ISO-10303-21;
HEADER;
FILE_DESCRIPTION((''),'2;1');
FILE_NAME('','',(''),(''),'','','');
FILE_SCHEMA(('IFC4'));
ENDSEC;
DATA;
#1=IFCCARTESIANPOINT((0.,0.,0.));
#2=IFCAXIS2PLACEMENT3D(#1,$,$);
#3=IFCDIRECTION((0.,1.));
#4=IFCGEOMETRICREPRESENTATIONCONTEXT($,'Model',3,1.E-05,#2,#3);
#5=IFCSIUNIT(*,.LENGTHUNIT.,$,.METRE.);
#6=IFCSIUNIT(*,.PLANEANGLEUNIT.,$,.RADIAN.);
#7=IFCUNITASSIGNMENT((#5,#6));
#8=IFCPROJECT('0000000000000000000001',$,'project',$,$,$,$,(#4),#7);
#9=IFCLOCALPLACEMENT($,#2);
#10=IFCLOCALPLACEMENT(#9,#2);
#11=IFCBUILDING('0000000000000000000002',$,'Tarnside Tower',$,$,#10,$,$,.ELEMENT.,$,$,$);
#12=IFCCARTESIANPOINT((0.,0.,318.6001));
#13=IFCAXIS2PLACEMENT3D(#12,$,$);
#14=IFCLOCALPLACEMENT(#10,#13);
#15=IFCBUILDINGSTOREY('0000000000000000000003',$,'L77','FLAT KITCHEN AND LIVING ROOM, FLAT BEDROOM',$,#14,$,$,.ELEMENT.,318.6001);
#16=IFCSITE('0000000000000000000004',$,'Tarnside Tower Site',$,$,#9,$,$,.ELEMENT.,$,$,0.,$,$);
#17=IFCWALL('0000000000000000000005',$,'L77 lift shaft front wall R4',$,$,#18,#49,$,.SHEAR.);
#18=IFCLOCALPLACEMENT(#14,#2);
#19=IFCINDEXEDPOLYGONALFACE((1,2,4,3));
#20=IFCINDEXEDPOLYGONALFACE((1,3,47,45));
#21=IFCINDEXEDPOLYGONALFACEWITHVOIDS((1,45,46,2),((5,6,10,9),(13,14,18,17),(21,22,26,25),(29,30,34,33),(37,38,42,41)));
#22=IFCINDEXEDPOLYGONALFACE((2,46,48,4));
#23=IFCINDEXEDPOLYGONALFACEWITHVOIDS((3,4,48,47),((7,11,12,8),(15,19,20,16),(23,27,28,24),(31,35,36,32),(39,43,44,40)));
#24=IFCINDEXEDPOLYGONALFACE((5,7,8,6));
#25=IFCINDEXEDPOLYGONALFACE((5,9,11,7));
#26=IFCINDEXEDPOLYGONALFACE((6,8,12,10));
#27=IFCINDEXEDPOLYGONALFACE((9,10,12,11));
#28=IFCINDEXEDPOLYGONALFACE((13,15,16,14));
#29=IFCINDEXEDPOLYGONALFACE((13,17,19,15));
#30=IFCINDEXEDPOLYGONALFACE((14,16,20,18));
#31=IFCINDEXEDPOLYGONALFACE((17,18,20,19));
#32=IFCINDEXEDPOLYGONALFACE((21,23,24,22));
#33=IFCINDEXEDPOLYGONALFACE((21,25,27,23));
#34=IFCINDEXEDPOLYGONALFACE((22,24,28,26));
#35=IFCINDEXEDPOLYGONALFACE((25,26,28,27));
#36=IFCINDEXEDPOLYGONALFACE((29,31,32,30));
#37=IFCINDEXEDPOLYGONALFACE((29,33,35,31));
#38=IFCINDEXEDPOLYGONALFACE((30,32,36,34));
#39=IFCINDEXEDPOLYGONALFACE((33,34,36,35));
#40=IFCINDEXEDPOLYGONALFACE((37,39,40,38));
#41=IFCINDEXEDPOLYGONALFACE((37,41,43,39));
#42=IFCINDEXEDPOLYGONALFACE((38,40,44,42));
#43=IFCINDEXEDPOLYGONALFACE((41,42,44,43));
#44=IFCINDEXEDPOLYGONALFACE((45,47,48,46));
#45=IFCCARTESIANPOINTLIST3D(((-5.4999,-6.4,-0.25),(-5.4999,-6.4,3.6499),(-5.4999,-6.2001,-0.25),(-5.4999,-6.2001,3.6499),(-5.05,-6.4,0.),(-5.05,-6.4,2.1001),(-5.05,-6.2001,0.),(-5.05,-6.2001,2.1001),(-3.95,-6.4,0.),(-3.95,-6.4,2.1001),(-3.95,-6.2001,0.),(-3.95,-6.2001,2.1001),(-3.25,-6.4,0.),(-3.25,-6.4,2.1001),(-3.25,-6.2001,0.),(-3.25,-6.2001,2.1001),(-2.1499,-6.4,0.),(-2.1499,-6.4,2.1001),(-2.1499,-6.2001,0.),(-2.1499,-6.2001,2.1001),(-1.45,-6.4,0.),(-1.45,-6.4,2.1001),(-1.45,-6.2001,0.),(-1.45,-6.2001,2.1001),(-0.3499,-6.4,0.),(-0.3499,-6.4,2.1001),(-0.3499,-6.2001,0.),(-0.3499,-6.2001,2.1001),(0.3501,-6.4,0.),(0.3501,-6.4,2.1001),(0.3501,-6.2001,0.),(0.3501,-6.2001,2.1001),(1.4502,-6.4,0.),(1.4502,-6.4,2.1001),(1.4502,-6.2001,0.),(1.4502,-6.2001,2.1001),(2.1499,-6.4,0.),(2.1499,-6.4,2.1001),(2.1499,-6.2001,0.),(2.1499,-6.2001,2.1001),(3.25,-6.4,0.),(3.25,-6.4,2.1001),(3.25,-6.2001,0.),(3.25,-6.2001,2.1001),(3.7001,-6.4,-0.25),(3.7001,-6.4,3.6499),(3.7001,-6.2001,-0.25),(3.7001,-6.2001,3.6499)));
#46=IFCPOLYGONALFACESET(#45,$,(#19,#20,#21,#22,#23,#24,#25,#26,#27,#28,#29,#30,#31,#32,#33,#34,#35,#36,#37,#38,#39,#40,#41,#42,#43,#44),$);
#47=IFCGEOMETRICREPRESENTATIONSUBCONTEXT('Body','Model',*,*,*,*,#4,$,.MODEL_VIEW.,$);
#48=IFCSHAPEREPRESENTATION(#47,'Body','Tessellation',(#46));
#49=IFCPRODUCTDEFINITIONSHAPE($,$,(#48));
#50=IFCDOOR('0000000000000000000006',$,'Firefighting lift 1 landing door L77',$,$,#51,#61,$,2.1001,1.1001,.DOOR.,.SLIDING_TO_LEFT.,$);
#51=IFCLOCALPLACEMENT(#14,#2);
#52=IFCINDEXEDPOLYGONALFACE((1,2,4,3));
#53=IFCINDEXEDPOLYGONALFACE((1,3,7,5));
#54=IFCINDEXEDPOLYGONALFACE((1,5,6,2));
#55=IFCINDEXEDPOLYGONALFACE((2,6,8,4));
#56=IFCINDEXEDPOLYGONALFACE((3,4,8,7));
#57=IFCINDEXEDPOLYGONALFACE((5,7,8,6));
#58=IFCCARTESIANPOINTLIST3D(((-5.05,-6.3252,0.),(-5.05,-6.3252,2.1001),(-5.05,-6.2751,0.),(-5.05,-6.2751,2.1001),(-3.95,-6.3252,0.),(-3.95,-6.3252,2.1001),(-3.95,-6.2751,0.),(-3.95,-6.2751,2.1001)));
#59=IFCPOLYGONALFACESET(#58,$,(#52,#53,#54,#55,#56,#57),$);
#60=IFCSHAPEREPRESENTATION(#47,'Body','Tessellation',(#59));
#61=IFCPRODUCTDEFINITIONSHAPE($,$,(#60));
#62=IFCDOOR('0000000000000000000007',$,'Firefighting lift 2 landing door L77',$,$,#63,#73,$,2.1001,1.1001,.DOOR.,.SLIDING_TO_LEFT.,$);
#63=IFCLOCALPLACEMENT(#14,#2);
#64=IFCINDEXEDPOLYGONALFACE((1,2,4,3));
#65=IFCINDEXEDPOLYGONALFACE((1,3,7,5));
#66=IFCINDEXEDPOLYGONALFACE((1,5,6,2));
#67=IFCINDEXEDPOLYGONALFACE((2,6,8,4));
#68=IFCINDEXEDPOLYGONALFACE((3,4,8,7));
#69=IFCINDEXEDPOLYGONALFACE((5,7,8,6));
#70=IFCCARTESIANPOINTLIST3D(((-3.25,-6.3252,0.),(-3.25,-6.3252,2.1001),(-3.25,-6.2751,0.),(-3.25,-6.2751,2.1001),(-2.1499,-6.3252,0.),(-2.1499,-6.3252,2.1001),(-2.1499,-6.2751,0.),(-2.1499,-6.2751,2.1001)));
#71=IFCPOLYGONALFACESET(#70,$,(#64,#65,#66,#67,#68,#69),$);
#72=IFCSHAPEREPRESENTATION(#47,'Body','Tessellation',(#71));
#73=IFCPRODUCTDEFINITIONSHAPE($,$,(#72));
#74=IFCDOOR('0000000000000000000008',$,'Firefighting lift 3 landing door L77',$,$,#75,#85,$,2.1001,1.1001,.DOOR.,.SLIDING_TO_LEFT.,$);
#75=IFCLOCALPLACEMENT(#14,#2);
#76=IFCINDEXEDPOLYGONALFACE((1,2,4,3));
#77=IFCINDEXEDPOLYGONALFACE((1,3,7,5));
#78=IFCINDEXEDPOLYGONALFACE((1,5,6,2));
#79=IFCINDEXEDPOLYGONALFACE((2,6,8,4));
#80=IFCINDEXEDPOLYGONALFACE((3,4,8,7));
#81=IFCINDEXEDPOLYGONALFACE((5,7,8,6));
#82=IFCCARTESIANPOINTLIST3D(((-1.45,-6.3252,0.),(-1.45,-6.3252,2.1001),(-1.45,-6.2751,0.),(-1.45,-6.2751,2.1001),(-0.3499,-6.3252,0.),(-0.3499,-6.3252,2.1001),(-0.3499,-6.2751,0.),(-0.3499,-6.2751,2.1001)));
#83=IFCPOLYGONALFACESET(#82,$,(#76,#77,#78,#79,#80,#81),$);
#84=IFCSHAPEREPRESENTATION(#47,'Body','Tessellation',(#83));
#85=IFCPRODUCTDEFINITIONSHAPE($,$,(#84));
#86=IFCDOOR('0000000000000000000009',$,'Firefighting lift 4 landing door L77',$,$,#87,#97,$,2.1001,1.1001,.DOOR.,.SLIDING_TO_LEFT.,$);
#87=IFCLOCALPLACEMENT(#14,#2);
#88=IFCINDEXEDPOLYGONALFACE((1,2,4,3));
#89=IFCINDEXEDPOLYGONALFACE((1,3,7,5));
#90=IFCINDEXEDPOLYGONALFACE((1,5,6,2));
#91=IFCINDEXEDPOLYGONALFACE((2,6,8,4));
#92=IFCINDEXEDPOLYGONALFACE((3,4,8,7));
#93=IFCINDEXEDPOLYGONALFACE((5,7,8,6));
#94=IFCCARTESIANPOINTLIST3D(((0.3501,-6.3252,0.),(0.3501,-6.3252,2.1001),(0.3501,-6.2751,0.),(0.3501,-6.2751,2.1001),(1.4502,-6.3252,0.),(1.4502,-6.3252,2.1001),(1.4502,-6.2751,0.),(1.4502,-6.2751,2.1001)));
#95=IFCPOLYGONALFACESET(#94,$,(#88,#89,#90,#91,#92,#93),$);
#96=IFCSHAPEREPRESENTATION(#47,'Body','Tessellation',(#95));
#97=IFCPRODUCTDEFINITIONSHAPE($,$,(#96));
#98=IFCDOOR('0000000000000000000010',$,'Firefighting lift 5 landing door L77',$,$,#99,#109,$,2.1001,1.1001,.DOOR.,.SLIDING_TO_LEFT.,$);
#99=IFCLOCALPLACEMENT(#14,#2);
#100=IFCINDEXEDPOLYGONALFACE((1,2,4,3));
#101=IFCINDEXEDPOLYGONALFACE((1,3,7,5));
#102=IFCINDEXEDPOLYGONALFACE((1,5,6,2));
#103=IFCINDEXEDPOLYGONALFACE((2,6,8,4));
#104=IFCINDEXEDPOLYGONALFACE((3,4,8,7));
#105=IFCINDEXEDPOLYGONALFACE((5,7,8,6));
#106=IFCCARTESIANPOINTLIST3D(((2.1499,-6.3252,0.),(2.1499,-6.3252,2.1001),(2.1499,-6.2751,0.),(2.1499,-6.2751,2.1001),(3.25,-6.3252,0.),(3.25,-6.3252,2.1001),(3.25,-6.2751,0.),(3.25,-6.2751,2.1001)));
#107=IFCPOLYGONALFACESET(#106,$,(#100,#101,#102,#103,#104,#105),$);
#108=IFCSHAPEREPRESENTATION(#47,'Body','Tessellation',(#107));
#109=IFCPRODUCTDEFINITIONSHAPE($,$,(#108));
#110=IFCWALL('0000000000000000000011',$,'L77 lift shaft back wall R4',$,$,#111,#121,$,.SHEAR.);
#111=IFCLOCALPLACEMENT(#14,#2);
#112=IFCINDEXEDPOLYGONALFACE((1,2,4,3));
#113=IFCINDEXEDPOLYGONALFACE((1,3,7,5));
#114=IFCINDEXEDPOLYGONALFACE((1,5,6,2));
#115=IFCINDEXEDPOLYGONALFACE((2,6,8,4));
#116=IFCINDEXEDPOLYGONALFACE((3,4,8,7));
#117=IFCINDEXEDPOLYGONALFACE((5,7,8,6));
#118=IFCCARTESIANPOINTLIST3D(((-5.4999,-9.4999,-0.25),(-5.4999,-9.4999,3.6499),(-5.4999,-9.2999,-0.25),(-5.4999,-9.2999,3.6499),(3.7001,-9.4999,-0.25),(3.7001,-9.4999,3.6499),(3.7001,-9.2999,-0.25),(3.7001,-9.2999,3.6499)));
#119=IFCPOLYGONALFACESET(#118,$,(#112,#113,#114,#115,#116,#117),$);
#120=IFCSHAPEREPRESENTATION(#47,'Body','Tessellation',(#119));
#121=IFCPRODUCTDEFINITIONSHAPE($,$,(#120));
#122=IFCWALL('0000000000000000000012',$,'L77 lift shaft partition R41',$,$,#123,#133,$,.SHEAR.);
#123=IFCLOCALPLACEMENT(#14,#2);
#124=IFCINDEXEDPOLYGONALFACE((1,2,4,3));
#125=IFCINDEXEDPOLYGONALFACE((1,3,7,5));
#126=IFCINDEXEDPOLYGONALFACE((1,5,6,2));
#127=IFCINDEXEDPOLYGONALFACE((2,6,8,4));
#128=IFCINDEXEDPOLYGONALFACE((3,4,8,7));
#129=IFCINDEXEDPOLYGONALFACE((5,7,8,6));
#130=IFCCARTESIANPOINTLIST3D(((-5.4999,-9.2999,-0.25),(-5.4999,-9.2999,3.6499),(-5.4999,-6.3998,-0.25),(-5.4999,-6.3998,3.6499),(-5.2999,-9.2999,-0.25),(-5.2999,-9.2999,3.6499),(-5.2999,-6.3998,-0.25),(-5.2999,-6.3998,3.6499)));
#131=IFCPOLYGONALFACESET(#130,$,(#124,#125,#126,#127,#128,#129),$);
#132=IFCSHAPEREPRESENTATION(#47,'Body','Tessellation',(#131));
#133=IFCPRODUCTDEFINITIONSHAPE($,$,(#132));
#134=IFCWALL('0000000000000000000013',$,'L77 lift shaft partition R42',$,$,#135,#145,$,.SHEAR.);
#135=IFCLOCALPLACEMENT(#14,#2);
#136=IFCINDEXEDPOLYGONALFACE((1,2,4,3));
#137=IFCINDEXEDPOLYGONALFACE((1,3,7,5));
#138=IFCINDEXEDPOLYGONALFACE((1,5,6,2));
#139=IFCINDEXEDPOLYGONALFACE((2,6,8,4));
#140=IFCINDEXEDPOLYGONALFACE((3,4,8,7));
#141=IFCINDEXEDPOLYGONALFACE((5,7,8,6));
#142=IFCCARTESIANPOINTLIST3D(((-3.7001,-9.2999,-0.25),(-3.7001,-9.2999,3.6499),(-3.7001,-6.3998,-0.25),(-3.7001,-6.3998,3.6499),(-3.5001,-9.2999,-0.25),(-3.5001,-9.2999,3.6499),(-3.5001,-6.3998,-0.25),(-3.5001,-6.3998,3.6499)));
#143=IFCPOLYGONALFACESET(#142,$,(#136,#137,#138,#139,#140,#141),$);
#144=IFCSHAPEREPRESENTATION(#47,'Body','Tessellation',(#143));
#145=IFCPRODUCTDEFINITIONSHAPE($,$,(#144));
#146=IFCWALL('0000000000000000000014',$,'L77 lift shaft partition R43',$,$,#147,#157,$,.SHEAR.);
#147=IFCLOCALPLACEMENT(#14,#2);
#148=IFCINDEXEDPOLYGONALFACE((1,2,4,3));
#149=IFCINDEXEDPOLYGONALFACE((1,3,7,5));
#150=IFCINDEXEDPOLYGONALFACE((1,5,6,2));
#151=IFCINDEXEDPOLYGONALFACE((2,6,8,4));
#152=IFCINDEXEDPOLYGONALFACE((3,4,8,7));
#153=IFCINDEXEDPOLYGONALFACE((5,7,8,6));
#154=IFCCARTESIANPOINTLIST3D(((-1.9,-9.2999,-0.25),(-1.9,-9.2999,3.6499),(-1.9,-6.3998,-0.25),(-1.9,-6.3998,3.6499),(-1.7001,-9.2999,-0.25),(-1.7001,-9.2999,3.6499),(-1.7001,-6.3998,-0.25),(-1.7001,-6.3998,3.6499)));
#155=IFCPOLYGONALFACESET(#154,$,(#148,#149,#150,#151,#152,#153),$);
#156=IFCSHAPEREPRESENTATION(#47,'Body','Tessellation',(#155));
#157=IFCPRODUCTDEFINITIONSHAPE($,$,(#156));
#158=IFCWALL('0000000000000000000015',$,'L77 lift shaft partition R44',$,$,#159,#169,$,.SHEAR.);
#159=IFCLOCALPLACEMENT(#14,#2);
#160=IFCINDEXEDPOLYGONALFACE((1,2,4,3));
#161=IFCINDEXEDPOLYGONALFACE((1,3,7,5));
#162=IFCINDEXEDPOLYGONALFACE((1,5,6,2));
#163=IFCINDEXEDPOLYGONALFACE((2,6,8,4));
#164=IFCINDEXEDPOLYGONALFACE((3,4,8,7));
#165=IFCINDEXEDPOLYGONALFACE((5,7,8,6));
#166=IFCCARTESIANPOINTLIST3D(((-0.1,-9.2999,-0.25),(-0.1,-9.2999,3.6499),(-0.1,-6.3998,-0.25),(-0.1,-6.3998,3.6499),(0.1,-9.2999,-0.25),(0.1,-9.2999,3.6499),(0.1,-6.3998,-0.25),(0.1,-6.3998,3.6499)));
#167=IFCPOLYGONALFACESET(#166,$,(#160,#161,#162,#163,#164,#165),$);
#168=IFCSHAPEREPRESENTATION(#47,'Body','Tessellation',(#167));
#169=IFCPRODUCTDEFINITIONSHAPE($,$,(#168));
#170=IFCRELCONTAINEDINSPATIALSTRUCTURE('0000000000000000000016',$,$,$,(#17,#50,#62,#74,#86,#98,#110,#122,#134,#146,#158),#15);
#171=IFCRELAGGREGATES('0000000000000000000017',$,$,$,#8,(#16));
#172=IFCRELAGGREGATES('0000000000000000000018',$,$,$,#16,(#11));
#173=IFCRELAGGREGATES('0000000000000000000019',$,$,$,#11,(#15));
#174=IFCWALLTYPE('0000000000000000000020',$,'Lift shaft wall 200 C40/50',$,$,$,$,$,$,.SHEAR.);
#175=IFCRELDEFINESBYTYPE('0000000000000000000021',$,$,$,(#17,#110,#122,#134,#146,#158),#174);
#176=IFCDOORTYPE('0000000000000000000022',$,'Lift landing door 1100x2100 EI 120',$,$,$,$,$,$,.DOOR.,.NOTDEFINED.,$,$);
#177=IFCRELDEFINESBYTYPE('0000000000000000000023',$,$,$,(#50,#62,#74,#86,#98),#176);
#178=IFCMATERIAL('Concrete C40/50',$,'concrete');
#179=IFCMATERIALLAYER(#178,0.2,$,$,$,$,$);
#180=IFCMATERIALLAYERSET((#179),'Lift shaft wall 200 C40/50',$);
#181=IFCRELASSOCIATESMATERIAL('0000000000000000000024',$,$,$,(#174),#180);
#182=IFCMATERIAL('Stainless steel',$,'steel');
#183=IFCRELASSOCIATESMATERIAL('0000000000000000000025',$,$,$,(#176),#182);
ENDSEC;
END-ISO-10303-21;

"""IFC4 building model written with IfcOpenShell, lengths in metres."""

from ifc_helpers import new_model, si_unit, direction, frame, frame_2d, origin, place, context, subcontext, project, spatial, rectangle, extrude, material, layer, layer_set, type_object, element, fill, save


model = new_model("IFC4")

# Units and contexts
model_context = context("Model", 3, precision=1e-05, world=origin(), true_north=direction((0.0, 1.0)))
body_context = subcontext(model_context, "Body", "Model", "MODEL_VIEW")
ifc_project = project(units=[si_unit("LENGTHUNIT", "METRE"), si_unit("PLANEANGLEUNIT", "RADIAN")], contexts=[model_context])

# Site, building, storey
site_placement = place(None, origin())
site = spatial("IfcSite", under=ifc_project, at=site_placement, Name="Tarnside Tower Site", CompositionType="ELEMENT", RefElevation=0.0)
building_placement = place(site_placement, origin())
building = spatial("IfcBuilding", under=site, at=building_placement, Name="Tarnside Tower", CompositionType="ELEMENT")
storey_placement = place(building_placement, frame((0.0, 0.0, 318.6001)))
storey = spatial("IfcBuildingStorey", under=building, at=storey_placement, Name="L77", Description="FLAT KITCHEN AND LIVING ROOM, FLAT BEDROOM", CompositionType="ELEMENT", Elevation=318.6001)

# Shared definitions
ifc_material_1 = material(Name="Concrete C40/50", Category="concrete")

# Wall, openings, doors
ifc_layer_1 = layer(ifc_material_1, 0.2)
ifc_layer_set_1 = layer_set([ifc_layer_1], Name="Lift shaft wall 200 C40/50")
wall_type_1 = type_object("IfcWallType", Name="Lift shaft wall 200 C40/50", PredefinedType="SHEAR", material=ifc_layer_set_1)
wall_1_placement = place(storey_placement, frame((-5.5, -6.3, -0.25), z_axis=(0.0, 0.0, 1.0), x_axis=(1.0, 0.0, 0.0)))
wall_1 = element("IfcWall", 1, at=wall_1_placement, inside=storey, type_object=wall_type_1, Name="L77 lift shaft front wall R4", PredefinedType="SHEAR", context=body_context, shape_type="SweptSolid", body=[
    extrude(rectangle(XDim=9.2, YDim=0.2, at=frame_2d((4.6001, 0.0))), origin(), (0.0, 0.0, 1.0), 3.8999),
])
opening_1_placement = place(wall_1_placement, frame((0.45, 0.0, 0.25)))
opening_1 = element("IfcOpeningElement", 2, at=opening_1_placement, cuts=wall_1, PredefinedType="OPENING", context=body_context, shape_type="SweptSolid", body=[
    extrude(rectangle(XDim=1.1001, YDim=2.1001, at=frame_2d((0.55, 1.05))), frame((0.0, 0.1099, 0.0), z_axis=(0.0, -1.0, 0.0), x_axis=(1.0, 0.0, 0.0)), (0.0, 0.0, 1.0), 0.22),
])
opening_2_placement = place(wall_1_placement, frame((2.25, 0.0, 0.25)))
opening_2 = element("IfcOpeningElement", 3, at=opening_2_placement, cuts=wall_1, PredefinedType="OPENING", context=body_context, shape_type="SweptSolid", body=[
    extrude(rectangle(XDim=1.1001, YDim=2.1001, at=frame_2d((0.55, 1.05))), frame((0.0, 0.1099, 0.0), z_axis=(0.0, -1.0, 0.0), x_axis=(1.0, 0.0, 0.0)), (0.0, 0.0, 1.0), 0.22),
])
opening_3_placement = place(wall_1_placement, frame((4.05, 0.0, 0.25)))
opening_3 = element("IfcOpeningElement", 4, at=opening_3_placement, cuts=wall_1, PredefinedType="OPENING", context=body_context, shape_type="SweptSolid", body=[
    extrude(rectangle(XDim=1.1001, YDim=2.1001, at=frame_2d((0.55, 1.05))), frame((0.0, 0.1099, 0.0), z_axis=(0.0, -1.0, 0.0), x_axis=(1.0, 0.0, 0.0)), (0.0, 0.0, 1.0), 0.22),
])
opening_4_placement = place(wall_1_placement, frame((5.8501, 0.0, 0.25)))
opening_4 = element("IfcOpeningElement", 5, at=opening_4_placement, cuts=wall_1, PredefinedType="OPENING", context=body_context, shape_type="SweptSolid", body=[
    extrude(rectangle(XDim=1.1001, YDim=2.1001, at=frame_2d((0.55, 1.05))), frame((0.0, 0.1099, 0.0), z_axis=(0.0, -1.0, 0.0), x_axis=(1.0, 0.0, 0.0)), (0.0, 0.0, 1.0), 0.22),
])
opening_5_placement = place(wall_1_placement, frame((7.6499, 0.0, 0.25)))
opening_5 = element("IfcOpeningElement", 6, at=opening_5_placement, cuts=wall_1, PredefinedType="OPENING", context=body_context, shape_type="SweptSolid", body=[
    extrude(rectangle(XDim=1.1001, YDim=2.1001, at=frame_2d((0.55, 1.05))), frame((0.0, 0.1099, 0.0), z_axis=(0.0, -1.0, 0.0), x_axis=(1.0, 0.0, 0.0)), (0.0, 0.0, 1.0), 0.22),
])
ifc_material_2 = material(Name="Stainless steel", Category="steel")
door_type_1 = type_object("IfcDoorType", Name="Lift landing door 1100x2100 EI 120", OperationType="NOTDEFINED", PredefinedType="DOOR", material=ifc_material_2)
door_1_placement = place(opening_1_placement, origin())
door_1 = element("IfcDoor", 7, at=door_1_placement, inside=storey, type_object=door_type_1, Name="Firefighting lift 1 landing door L77", OperationType="SLIDING_TO_LEFT", OverallHeight=2.1001, OverallWidth=1.1001, PredefinedType="DOOR", context=body_context, shape_type="SweptSolid", body=[
    extrude(rectangle(XDim=1.1001, YDim=2.1001, at=frame_2d((0.55, 1.05))), frame((0.0, 0.0249, 0.0), z_axis=(0.0, -1.0, 0.0), x_axis=(1.0, 0.0, 0.0)), (0.0, 0.0, 1.0), 0.05),
])
fill(opening_1, door_1)
door_2_placement = place(opening_2_placement, origin())
door_2 = element("IfcDoor", 8, at=door_2_placement, inside=storey, type_object=door_type_1, Name="Firefighting lift 2 landing door L77", OperationType="SLIDING_TO_LEFT", OverallHeight=2.1001, OverallWidth=1.1001, PredefinedType="DOOR", context=body_context, shape_type="SweptSolid", body=[
    extrude(rectangle(XDim=1.1001, YDim=2.1001, at=frame_2d((0.55, 1.05))), frame((0.0, 0.0249, 0.0), z_axis=(0.0, -1.0, 0.0), x_axis=(1.0, 0.0, 0.0)), (0.0, 0.0, 1.0), 0.05),
])
fill(opening_2, door_2)
door_3_placement = place(opening_3_placement, origin())
door_3 = element("IfcDoor", 9, at=door_3_placement, inside=storey, type_object=door_type_1, Name="Firefighting lift 3 landing door L77", OperationType="SLIDING_TO_LEFT", OverallHeight=2.1001, OverallWidth=1.1001, PredefinedType="DOOR", context=body_context, shape_type="SweptSolid", body=[
    extrude(rectangle(XDim=1.1001, YDim=2.1001, at=frame_2d((0.55, 1.05))), frame((0.0, 0.0249, 0.0), z_axis=(0.0, -1.0, 0.0), x_axis=(1.0, 0.0, 0.0)), (0.0, 0.0, 1.0), 0.05),
])
fill(opening_3, door_3)
door_4_placement = place(opening_4_placement, origin())
door_4 = element("IfcDoor", 10, at=door_4_placement, inside=storey, type_object=door_type_1, Name="Firefighting lift 4 landing door L77", OperationType="SLIDING_TO_LEFT", OverallHeight=2.1001, OverallWidth=1.1001, PredefinedType="DOOR", context=body_context, shape_type="SweptSolid", body=[
    extrude(rectangle(XDim=1.1001, YDim=2.1001, at=frame_2d((0.55, 1.05))), frame((0.0, 0.0249, 0.0), z_axis=(0.0, -1.0, 0.0), x_axis=(1.0, 0.0, 0.0)), (0.0, 0.0, 1.0), 0.05),
])
fill(opening_4, door_4)
door_5_placement = place(opening_5_placement, origin())
door_5 = element("IfcDoor", 11, at=door_5_placement, inside=storey, type_object=door_type_1, Name="Firefighting lift 5 landing door L77", OperationType="SLIDING_TO_LEFT", OverallHeight=2.1001, OverallWidth=1.1001, PredefinedType="DOOR", context=body_context, shape_type="SweptSolid", body=[
    extrude(rectangle(XDim=1.1001, YDim=2.1001, at=frame_2d((0.55, 1.05))), frame((0.0, 0.0249, 0.0), z_axis=(0.0, -1.0, 0.0), x_axis=(1.0, 0.0, 0.0)), (0.0, 0.0, 1.0), 0.05),
])
fill(opening_5, door_5)

# Walls
wall_2_placement = place(storey_placement, frame((-5.5, -9.3999, -0.25), z_axis=(0.0, 0.0, 1.0), x_axis=(1.0, 0.0, 0.0)))
element("IfcWall", 12, at=wall_2_placement, inside=storey, type_object=wall_type_1, Name="L77 lift shaft back wall R4", PredefinedType="SHEAR", context=body_context, shape_type="SweptSolid", body=[
    extrude(rectangle(XDim=9.2, YDim=0.2, at=frame_2d((4.6001, 0.0))), origin(), (0.0, 0.0, 1.0), 3.8999),
])
for number, where, z_axis, x_axis, name in (
    (13, (-5.3999, -9.3, -0.25), (0.0, 0.0, 1.0), (0.0, 1.0, 0.0), "L77 lift shaft partition R41"),
    (14, (-3.6001, -9.3, -0.25), (0.0, 0.0, 1.0), (0.0, 1.0, 0.0), "L77 lift shaft partition R42"),
    (15, (-1.8, -9.3, -0.25), (0.0, 0.0, 1.0), (0.0, 1.0, 0.0), "L77 lift shaft partition R43"),
    (16, (0.0, -9.3, -0.25), (0.0, 0.0, 1.0), (0.0, 1.0, 0.0), "L77 lift shaft partition R44"),
):
    element("IfcWall", number, at=place(storey_placement, frame(where, z_axis=z_axis, x_axis=x_axis)), inside=storey, type_object=wall_type_1, Name=name, PredefinedType="SHEAR", context=body_context, shape_type="SweptSolid", body=[
        extrude(rectangle(XDim=2.9001, YDim=0.2, at=frame_2d((1.4502, 0.0))), origin(), (0.0, 0.0, 1.0), 3.8999),
    ])

save(model, "model.ifc")
